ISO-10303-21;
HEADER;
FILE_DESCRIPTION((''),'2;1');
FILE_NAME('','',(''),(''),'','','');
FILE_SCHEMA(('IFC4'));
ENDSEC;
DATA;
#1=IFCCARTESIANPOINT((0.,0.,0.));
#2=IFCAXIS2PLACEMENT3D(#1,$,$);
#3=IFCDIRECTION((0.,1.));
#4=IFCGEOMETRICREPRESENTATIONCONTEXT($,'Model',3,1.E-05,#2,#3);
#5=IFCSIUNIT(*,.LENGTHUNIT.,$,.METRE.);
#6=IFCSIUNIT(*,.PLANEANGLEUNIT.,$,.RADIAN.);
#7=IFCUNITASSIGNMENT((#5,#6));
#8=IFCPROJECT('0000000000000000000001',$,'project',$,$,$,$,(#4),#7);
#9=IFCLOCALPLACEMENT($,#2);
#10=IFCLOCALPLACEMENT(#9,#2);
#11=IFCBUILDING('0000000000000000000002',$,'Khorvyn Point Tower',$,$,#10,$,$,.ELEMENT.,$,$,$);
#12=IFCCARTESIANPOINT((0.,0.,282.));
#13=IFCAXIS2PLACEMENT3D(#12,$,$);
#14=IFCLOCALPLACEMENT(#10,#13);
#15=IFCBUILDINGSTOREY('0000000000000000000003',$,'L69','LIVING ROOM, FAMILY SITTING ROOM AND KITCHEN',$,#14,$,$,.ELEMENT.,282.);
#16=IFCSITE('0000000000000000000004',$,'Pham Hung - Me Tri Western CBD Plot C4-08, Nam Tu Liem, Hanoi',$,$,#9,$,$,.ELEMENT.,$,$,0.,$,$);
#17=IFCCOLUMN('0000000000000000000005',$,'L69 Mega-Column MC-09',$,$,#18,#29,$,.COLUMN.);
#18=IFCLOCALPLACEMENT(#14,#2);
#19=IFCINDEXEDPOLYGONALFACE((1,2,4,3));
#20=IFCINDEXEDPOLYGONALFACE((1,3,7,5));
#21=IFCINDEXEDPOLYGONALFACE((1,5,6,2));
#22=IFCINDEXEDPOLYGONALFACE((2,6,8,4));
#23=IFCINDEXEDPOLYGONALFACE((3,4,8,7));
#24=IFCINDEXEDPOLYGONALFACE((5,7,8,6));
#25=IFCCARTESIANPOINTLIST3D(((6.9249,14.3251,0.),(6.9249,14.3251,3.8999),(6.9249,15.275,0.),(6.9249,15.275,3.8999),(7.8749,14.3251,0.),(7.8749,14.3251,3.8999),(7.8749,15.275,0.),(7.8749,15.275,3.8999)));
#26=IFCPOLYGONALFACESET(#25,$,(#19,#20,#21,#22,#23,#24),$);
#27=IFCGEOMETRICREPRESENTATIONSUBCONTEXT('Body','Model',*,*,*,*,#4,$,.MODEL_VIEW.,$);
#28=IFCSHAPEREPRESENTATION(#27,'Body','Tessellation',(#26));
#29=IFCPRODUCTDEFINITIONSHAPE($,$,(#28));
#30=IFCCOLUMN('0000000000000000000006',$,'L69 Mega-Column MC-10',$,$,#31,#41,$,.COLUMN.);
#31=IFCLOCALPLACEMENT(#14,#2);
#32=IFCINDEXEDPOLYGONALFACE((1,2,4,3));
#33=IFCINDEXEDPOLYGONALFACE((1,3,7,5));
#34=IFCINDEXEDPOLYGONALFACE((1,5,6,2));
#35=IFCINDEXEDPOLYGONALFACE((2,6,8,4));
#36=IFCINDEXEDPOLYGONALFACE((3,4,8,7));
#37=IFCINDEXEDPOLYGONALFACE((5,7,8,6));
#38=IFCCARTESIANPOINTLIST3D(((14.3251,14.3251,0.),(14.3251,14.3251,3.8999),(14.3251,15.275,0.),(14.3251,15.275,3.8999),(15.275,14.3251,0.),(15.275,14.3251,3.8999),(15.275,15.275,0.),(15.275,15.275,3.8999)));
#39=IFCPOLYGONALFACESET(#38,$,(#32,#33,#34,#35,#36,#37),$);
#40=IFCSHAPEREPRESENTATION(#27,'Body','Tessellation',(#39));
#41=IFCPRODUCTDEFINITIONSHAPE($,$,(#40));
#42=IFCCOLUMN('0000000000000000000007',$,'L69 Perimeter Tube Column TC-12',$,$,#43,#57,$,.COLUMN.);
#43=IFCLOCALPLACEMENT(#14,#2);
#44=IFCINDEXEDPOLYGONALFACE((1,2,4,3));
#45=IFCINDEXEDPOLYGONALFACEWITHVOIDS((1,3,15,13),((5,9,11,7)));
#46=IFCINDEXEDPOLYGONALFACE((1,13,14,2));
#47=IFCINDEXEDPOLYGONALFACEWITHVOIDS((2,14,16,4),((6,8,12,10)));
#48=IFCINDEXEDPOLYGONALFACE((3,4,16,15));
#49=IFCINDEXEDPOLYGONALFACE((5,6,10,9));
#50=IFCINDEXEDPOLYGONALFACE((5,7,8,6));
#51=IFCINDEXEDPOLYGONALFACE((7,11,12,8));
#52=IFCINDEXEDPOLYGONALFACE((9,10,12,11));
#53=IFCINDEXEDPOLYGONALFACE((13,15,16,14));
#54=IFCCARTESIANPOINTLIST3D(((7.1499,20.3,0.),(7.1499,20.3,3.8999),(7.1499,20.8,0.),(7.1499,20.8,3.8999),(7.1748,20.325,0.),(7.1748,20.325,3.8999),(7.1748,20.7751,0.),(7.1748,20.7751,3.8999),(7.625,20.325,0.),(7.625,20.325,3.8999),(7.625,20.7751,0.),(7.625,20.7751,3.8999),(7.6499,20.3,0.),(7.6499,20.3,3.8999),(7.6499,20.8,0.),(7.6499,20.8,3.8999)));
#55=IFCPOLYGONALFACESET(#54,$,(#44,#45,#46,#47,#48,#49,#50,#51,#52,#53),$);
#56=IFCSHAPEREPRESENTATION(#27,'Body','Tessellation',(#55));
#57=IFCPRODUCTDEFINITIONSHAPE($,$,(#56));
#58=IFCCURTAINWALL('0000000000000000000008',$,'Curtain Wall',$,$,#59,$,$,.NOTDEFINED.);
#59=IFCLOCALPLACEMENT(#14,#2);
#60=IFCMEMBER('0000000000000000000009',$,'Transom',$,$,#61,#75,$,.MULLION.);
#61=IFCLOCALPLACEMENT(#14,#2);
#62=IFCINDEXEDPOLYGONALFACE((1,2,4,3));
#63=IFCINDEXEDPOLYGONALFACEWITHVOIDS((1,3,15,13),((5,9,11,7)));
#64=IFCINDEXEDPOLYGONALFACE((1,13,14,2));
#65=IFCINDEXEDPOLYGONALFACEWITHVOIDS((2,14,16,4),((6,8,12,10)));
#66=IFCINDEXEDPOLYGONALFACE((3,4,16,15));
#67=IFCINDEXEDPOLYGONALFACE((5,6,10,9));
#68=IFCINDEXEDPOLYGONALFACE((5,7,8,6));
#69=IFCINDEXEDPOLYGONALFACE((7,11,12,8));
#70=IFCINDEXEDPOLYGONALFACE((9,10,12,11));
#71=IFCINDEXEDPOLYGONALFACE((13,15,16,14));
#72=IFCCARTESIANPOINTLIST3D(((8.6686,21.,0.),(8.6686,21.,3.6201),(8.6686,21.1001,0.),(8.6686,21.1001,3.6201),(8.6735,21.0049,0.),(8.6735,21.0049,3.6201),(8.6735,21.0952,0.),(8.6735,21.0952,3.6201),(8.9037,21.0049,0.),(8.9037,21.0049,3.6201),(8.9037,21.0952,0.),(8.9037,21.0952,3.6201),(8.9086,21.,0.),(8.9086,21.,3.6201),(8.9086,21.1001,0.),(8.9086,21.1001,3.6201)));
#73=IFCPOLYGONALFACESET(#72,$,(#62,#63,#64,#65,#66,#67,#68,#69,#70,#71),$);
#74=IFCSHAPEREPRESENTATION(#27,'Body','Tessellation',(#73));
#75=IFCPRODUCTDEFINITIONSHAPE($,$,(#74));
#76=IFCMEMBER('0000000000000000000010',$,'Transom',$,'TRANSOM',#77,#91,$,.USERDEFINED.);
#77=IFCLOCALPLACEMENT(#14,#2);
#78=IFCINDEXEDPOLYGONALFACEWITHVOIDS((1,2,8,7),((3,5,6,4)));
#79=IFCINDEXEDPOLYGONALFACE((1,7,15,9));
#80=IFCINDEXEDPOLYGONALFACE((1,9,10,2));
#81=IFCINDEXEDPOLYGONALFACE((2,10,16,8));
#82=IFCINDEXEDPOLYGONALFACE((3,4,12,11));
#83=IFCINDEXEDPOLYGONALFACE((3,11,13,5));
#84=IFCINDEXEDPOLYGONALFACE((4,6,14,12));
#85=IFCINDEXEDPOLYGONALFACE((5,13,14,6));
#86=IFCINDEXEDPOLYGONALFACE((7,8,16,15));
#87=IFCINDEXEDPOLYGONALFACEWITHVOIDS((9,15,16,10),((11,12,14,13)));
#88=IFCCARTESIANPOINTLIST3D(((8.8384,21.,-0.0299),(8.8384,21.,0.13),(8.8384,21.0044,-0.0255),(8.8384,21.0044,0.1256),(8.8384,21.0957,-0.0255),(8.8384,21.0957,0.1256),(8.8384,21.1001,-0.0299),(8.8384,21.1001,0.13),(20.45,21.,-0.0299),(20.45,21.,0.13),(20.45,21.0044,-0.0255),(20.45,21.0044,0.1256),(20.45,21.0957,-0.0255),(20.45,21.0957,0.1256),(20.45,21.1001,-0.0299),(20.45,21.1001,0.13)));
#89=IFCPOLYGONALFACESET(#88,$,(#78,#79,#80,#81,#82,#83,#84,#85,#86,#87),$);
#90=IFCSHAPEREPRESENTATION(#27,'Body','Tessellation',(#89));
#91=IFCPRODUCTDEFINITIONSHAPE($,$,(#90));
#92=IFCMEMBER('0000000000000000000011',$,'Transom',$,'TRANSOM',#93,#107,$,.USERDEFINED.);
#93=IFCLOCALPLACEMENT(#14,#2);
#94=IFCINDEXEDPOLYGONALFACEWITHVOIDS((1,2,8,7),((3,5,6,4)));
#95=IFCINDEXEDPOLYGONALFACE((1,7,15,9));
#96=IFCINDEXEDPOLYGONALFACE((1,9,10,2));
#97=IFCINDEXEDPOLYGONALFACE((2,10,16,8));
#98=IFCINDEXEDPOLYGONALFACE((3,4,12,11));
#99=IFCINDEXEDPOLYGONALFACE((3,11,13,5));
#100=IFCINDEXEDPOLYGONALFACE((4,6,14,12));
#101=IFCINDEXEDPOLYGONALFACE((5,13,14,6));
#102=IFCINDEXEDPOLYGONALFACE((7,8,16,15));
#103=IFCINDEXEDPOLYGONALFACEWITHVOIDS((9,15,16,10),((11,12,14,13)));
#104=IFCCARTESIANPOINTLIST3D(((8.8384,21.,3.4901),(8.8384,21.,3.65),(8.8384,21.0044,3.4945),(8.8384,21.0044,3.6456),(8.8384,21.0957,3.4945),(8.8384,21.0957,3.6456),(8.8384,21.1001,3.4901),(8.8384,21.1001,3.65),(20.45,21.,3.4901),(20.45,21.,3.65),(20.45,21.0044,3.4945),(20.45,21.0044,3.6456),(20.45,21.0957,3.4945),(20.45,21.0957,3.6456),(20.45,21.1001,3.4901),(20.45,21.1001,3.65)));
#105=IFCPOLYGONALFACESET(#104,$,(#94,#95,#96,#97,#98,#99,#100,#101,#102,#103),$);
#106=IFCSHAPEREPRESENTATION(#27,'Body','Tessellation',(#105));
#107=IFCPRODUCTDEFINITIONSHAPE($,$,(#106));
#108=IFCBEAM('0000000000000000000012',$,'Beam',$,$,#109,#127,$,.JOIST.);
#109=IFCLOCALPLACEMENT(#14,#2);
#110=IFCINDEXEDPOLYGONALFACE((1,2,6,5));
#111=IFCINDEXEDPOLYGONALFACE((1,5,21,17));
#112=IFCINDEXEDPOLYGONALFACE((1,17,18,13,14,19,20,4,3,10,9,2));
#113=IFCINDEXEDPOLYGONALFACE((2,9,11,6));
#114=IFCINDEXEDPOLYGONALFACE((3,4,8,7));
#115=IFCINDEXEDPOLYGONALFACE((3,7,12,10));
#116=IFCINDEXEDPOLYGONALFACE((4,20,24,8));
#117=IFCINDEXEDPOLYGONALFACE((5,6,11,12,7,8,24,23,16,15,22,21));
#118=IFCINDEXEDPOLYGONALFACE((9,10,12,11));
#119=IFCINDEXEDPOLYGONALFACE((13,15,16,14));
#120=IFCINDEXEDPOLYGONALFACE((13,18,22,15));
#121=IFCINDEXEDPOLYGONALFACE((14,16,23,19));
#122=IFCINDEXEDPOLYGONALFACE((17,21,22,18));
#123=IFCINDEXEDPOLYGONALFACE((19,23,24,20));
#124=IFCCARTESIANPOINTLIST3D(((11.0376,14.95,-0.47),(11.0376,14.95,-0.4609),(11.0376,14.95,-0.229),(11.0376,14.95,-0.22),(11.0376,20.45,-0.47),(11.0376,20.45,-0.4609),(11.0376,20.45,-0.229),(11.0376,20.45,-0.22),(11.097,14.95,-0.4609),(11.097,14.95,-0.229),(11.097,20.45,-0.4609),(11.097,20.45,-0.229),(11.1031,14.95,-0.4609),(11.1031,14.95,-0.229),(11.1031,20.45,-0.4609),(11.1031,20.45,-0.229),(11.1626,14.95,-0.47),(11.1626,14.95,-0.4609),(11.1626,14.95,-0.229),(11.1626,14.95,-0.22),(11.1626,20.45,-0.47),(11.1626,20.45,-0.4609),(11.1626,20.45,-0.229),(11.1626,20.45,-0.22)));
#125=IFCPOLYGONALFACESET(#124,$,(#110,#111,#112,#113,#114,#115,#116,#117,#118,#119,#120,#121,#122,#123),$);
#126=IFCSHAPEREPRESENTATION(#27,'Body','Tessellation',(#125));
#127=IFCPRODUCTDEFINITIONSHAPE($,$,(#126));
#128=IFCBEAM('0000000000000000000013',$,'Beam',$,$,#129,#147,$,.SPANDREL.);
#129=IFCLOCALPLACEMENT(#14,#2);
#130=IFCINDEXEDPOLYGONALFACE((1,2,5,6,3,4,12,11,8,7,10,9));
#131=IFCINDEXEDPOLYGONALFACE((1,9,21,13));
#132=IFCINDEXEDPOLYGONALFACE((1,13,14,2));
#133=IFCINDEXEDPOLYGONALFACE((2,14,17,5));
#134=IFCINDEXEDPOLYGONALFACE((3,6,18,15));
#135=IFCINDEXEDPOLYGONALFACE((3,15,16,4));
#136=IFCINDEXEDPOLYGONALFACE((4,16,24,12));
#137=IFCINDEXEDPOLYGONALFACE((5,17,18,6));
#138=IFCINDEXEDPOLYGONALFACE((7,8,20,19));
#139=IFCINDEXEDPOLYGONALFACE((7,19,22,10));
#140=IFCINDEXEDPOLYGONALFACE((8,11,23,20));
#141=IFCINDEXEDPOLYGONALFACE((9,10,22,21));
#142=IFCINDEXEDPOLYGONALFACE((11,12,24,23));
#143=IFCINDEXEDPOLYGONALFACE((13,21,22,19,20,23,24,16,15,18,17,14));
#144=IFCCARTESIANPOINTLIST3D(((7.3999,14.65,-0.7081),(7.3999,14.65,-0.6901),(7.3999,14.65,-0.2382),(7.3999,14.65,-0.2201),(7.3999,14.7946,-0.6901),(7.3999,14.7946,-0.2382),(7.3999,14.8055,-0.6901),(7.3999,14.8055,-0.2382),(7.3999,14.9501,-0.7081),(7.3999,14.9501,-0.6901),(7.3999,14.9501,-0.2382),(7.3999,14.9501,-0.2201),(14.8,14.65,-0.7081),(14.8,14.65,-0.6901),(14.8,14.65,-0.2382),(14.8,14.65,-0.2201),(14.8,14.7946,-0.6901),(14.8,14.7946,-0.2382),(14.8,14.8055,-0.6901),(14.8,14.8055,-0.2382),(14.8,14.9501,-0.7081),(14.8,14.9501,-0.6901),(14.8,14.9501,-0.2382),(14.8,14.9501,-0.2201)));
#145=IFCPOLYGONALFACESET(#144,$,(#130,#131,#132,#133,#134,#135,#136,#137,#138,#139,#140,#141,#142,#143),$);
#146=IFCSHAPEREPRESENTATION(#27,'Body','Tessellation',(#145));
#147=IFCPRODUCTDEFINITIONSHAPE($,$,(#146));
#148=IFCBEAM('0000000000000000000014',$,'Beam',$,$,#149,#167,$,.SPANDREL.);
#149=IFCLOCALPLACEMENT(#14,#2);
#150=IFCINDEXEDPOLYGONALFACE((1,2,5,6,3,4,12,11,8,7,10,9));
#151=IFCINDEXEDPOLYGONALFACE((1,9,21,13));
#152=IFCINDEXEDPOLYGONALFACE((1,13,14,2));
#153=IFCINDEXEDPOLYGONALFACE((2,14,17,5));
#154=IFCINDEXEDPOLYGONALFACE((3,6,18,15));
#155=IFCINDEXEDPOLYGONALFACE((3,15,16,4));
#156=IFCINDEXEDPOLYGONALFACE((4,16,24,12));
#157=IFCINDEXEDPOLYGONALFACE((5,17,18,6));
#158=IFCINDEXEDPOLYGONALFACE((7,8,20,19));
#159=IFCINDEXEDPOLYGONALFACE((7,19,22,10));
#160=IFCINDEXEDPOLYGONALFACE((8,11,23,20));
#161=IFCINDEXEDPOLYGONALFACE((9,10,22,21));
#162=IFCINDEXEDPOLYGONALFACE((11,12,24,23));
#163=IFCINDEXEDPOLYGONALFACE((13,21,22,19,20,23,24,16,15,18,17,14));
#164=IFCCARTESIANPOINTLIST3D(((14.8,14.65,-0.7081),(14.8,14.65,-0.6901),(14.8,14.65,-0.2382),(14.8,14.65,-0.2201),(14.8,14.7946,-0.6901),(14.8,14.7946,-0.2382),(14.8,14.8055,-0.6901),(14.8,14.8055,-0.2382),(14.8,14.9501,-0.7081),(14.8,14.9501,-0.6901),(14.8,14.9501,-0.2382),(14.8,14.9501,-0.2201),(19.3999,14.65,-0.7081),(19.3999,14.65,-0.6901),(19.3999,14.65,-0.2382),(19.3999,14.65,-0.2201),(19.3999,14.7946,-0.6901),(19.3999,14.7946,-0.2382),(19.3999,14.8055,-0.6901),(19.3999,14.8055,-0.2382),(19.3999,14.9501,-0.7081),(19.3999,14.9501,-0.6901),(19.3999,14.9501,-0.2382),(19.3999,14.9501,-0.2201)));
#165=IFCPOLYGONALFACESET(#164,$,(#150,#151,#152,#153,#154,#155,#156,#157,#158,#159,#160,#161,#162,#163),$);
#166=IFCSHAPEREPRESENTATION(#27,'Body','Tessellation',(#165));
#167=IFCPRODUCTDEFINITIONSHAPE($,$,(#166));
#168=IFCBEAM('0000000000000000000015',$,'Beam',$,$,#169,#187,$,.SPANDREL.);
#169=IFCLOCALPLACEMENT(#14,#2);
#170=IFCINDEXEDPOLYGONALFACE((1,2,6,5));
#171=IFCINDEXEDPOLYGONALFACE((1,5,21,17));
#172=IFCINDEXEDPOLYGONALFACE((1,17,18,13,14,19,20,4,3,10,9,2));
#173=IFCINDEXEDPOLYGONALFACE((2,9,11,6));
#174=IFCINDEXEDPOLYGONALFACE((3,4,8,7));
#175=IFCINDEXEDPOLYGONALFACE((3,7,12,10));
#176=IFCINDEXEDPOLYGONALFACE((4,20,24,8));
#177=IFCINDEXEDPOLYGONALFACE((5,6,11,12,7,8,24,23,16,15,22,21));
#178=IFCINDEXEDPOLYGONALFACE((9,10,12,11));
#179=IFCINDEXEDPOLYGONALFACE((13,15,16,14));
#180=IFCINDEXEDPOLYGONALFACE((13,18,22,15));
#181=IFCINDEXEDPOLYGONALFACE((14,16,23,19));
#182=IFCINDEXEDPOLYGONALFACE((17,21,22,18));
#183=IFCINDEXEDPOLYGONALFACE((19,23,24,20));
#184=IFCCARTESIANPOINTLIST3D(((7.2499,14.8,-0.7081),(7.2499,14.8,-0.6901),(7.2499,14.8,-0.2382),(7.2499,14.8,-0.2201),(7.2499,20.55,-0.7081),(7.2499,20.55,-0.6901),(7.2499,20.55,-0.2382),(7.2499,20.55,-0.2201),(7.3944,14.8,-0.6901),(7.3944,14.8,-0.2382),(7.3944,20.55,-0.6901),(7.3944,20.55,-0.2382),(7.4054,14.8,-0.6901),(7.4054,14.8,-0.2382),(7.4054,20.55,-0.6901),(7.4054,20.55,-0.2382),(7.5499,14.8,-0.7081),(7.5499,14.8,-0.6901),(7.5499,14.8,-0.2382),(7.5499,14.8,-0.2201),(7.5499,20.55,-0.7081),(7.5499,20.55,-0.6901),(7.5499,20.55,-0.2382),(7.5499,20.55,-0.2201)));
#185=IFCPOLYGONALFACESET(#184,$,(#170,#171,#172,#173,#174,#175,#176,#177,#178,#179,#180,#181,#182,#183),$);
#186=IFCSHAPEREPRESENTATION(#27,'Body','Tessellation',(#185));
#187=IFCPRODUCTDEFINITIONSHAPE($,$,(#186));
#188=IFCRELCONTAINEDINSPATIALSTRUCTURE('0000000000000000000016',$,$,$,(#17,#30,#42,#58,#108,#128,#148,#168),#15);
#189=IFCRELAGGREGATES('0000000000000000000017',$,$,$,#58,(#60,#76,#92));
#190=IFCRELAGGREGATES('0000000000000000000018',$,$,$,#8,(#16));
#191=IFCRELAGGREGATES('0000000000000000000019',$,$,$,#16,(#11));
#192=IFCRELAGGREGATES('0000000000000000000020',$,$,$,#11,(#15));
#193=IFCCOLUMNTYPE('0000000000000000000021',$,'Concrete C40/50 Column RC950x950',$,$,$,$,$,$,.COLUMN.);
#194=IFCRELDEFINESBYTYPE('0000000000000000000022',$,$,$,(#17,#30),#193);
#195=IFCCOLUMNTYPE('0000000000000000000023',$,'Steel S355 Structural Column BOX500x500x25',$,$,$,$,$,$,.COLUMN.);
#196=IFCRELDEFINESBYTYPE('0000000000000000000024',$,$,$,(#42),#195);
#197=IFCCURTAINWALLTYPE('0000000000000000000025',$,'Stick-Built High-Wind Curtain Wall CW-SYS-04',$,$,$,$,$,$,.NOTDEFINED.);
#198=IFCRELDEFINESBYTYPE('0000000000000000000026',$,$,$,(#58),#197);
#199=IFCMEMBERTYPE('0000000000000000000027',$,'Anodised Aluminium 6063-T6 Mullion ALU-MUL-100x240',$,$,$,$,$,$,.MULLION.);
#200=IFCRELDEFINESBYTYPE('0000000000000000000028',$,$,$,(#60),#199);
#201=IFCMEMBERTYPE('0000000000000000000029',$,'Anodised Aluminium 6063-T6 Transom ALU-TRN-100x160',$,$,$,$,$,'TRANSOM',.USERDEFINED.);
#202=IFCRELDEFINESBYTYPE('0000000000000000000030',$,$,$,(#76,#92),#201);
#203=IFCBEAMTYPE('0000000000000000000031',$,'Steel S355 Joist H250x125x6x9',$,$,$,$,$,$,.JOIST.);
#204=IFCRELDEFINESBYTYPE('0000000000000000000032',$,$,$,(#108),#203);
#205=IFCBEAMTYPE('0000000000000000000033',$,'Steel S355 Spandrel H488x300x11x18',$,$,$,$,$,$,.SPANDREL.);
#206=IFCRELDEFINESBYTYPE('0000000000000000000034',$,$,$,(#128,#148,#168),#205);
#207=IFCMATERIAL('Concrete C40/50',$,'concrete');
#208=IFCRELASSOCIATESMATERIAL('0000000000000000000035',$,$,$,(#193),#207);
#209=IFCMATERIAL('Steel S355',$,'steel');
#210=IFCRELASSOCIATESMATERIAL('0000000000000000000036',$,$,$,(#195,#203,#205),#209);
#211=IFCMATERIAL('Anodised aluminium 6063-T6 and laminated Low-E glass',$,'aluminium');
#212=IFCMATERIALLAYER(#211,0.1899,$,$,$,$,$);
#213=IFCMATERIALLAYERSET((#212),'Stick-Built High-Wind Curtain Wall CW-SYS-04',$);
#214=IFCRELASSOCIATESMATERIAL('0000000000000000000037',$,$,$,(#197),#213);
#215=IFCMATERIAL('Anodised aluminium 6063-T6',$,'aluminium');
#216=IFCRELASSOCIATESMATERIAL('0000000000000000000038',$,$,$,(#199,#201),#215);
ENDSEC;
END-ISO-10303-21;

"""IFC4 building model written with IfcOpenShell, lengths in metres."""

from ifc_helpers import new_model, si_unit, direction, frame, origin, origin_2d, place, context, subcontext, project, spatial, rectangle, hollow_rectangle, i_section, extrude, material, layer, layer_set, material_profile, profile_set, type_object, element, aggregate, save


model = new_model("IFC4")

# Units and contexts
model_context = context("Model", 3, precision=1e-05, world=origin(), true_north=direction((0.0, 1.0)))
body_context = subcontext(model_context, "Body", "Model", "MODEL_VIEW")
ifc_project = project(units=[si_unit("LENGTHUNIT", "METRE"), si_unit("PLANEANGLEUNIT", "RADIAN")], contexts=[model_context])

# Site, building, storey
site_placement = place(None, origin())
site = spatial("IfcSite", under=ifc_project, at=site_placement, Name="Pham Hung - Me Tri Western CBD Plot C4-08, Nam Tu Liem, Hanoi", CompositionType="ELEMENT", RefElevation=0.0)
building_placement = place(site_placement, origin())
building = spatial("IfcBuilding", under=site, at=building_placement, Name="Khorvyn Point Tower", CompositionType="ELEMENT")
storey_placement = place(building_placement, frame((0.0, 0.0, 282.0)))
storey = spatial("IfcBuildingStorey", under=building, at=storey_placement, Name="L69", Description="LIVING ROOM, FAMILY SITTING ROOM AND KITCHEN", CompositionType="ELEMENT", Elevation=282.0)

# Columns
ifc_material_1 = material(Name="Concrete C40/50", Category="concrete")
ifc_material_profile_1 = material_profile(ifc_material_1, rectangle(XDim=0.95, YDim=0.95, at=origin_2d()))
ifc_profile_set_1 = profile_set([ifc_material_profile_1], Name="Concrete C40/50 RC950x950")
column_type_1 = type_object("IfcColumnType", Name="Concrete C40/50 Column RC950x950", PredefinedType="COLUMN", material=ifc_profile_set_1)
for number, where, z_axis, x_axis, name in (
    (1, (7.3999, 14.8, 0.0), (0.0, 0.0, 1.0), (1.0, 0.0, 0.0), "L69 Mega-Column MC-09"),
    (2, (14.8, 14.8, 0.0), (0.0, 0.0, 1.0), (1.0, 0.0, 0.0), "L69 Mega-Column MC-10"),
):
    element("IfcColumn", number, at=place(storey_placement, frame(where, z_axis=z_axis, x_axis=x_axis)), inside=storey, type_object=column_type_1, Name=name, PredefinedType="COLUMN", context=body_context, shape_type="SweptSolid", body=[
        extrude(rectangle(XDim=0.95, YDim=0.95, at=origin_2d()), origin(), (0.0, 0.0, 1.0), 3.8999),
    ])
ifc_material_2 = material(Name="Steel S355", Category="steel")
ifc_material_profile_2 = material_profile(ifc_material_2, hollow_rectangle(XDim=0.5, YDim=0.5, WallThickness=0.0249, at=origin_2d()))
ifc_profile_set_2 = profile_set([ifc_material_profile_2], Name="Steel S355 BOX500x500x25")
column_type_2 = type_object("IfcColumnType", Name="Steel S355 Structural Column BOX500x500x25", PredefinedType="COLUMN", material=ifc_profile_set_2)
column_placement = place(storey_placement, frame((7.3999, 20.55, 0.0), z_axis=(0.0, 0.0, 1.0), x_axis=(1.0, 0.0, 0.0)))
element("IfcColumn", 3, at=column_placement, inside=storey, type_object=column_type_2, Name="L69 Perimeter Tube Column TC-12", PredefinedType="COLUMN", context=body_context, shape_type="SweptSolid", body=[
    extrude(hollow_rectangle(XDim=0.5, YDim=0.5, WallThickness=0.0249, at=origin_2d()), origin(), (0.0, 0.0, 1.0), 3.8999),
])

# Curtain wall, members
ifc_material_3 = material(Name="Anodised aluminium 6063-T6 and laminated Low-E glass", Category="aluminium")
ifc_layer_1 = layer(ifc_material_3, 0.1899)
ifc_layer_set_1 = layer_set([ifc_layer_1], Name="Stick-Built High-Wind Curtain Wall CW-SYS-04")
curtain_wall_type = type_object("IfcCurtainWallType", Name="Stick-Built High-Wind Curtain Wall CW-SYS-04", PredefinedType="NOTDEFINED", material=ifc_layer_set_1)
curtain_wall_placement = place(storey_placement, origin())
curtain_wall = element("IfcCurtainWall", 4, at=curtain_wall_placement, inside=storey, type_object=curtain_wall_type, Name="Curtain Wall", PredefinedType="NOTDEFINED")
ifc_material_4 = material(Name="Anodised aluminium 6063-T6", Category="aluminium")
ifc_material_profile_3 = material_profile(ifc_material_4, hollow_rectangle(XDim=0.1001, YDim=0.24, WallThickness=0.0049, at=origin_2d()))
ifc_profile_set_3 = profile_set([ifc_material_profile_3], Name="Anodised aluminium 6063-T6 ALU-MUL-100x240")
member_type_1 = type_object("IfcMemberType", Name="Anodised Aluminium 6063-T6 Mullion ALU-MUL-100x240", PredefinedType="MULLION", material=ifc_profile_set_3)
member_1_placement = place(storey_placement, frame((8.7886, 21.05, 0.0), z_axis=(0.0, 0.0, 1.0), x_axis=(0.0, 1.0, 0.0)))
member_1 = element("IfcMember", 5, at=member_1_placement, type_object=member_type_1, Name="Transom", PredefinedType="MULLION", context=body_context, shape_type="SweptSolid", body=[
    extrude(hollow_rectangle(XDim=0.1001, YDim=0.24, WallThickness=0.0049, at=origin_2d()), origin(), (0.0, 0.0, 1.0), 3.6201),
])
ifc_material_profile_4 = material_profile(ifc_material_4, hollow_rectangle(XDim=0.1001, YDim=0.1599, WallThickness=0.0044, at=origin_2d()))
ifc_profile_set_4 = profile_set([ifc_material_profile_4], Name="Anodised aluminium 6063-T6 ALU-TRN-100x160")
member_type_2 = type_object("IfcMemberType", Name="Anodised Aluminium 6063-T6 Transom ALU-TRN-100x160", ElementType="TRANSOM", PredefinedType="USERDEFINED", material=ifc_profile_set_4)
member_2_placement = place(storey_placement, frame((8.8384, 21.05, 0.05), z_axis=(1.0, 0.0, 0.0), x_axis=(0.0, 1.0, 0.0)))
member_2 = element("IfcMember", 6, at=member_2_placement, type_object=member_type_2, Name="Transom", ObjectType="TRANSOM", PredefinedType="USERDEFINED", context=body_context, shape_type="SweptSolid", body=[
    extrude(hollow_rectangle(XDim=0.1001, YDim=0.1599, WallThickness=0.0044, at=origin_2d()), origin(), (0.0, 0.0, 1.0), 11.6116),
])
member_3_placement = place(storey_placement, frame((8.8384, 21.05, 3.5701), z_axis=(1.0, 0.0, 0.0), x_axis=(0.0, 1.0, 0.0)))
member_3 = element("IfcMember", 7, at=member_3_placement, type_object=member_type_2, Name="Transom", ObjectType="TRANSOM", PredefinedType="USERDEFINED", context=body_context, shape_type="SweptSolid", body=[
    extrude(hollow_rectangle(XDim=0.1001, YDim=0.1599, WallThickness=0.0044, at=origin_2d()), origin(), (0.0, 0.0, 1.0), 11.6116),
])

# Beams
ifc_material_profile_5 = material_profile(ifc_material_2, i_section(OverallWidth=0.125, OverallDepth=0.25, WebThickness=0.0061, FlangeThickness=0.009, at=origin_2d()))
ifc_profile_set_5 = profile_set([ifc_material_profile_5], Name="Steel S355 H250x125x6x9")
beam_type_1 = type_object("IfcBeamType", Name="Steel S355 Joist H250x125x6x9", PredefinedType="JOIST", material=ifc_profile_set_5)
beam_1_placement = place(storey_placement, frame((11.1001, 14.95, -0.345), z_axis=(0.0, 1.0, 0.0), x_axis=(-1.0, 0.0, 0.0)))
element("IfcBeam", 8, at=beam_1_placement, inside=storey, type_object=beam_type_1, Name="Beam", PredefinedType="JOIST", context=body_context, shape_type="SweptSolid", body=[
    extrude(i_section(OverallWidth=0.125, OverallDepth=0.25, WebThickness=0.0061, FlangeThickness=0.009, at=origin_2d()), origin(), (0.0, 0.0, 1.0), 5.5),
])
ifc_material_profile_6 = material_profile(ifc_material_2, i_section(OverallWidth=0.3, OverallDepth=0.488, WebThickness=0.011, FlangeThickness=0.0181, at=origin_2d()))
ifc_profile_set_6 = profile_set([ifc_material_profile_6], Name="Steel S355 H488x300x11x18")
beam_type_2 = type_object("IfcBeamType", Name="Steel S355 Spandrel H488x300x11x18", PredefinedType="SPANDREL", material=ifc_profile_set_6)
beam_2_placement = place(storey_placement, frame((7.3999, 14.8, -0.4641), z_axis=(1.0, 0.0, 0.0), x_axis=(0.0, 1.0, 0.0)))
element("IfcBeam", 9, at=beam_2_placement, inside=storey, type_object=beam_type_2, Name="Beam", PredefinedType="SPANDREL", context=body_context, shape_type="SweptSolid", body=[
    extrude(i_section(OverallWidth=0.3, OverallDepth=0.488, WebThickness=0.011, FlangeThickness=0.0181, at=origin_2d()), origin(), (0.0, 0.0, 1.0), 7.4001),
])
beam_3_placement = place(storey_placement, frame((14.8, 14.8, -0.4641), z_axis=(1.0, 0.0, 0.0), x_axis=(0.0, 1.0, 0.0)))
element("IfcBeam", 10, at=beam_3_placement, inside=storey, type_object=beam_type_2, Name="Beam", PredefinedType="SPANDREL", context=body_context, shape_type="SweptSolid", body=[
    extrude(i_section(OverallWidth=0.3, OverallDepth=0.488, WebThickness=0.011, FlangeThickness=0.0181, at=origin_2d()), origin(), (0.0, 0.0, 1.0), 4.5999),
])
beam_4_placement = place(storey_placement, frame((7.3999, 14.8, -0.4641), z_axis=(0.0, 1.0, 0.0), x_axis=(-1.0, 0.0, 0.0)))
element("IfcBeam", 11, at=beam_4_placement, inside=storey, type_object=beam_type_2, Name="Beam", PredefinedType="SPANDREL", context=body_context, shape_type="SweptSolid", body=[
    extrude(i_section(OverallWidth=0.3, OverallDepth=0.488, WebThickness=0.011, FlangeThickness=0.0181, at=origin_2d()), origin(), (0.0, 0.0, 1.0), 5.75),
])

aggregate(curtain_wall, [member_1, member_2, member_3])

save(model, "model.ifc")
